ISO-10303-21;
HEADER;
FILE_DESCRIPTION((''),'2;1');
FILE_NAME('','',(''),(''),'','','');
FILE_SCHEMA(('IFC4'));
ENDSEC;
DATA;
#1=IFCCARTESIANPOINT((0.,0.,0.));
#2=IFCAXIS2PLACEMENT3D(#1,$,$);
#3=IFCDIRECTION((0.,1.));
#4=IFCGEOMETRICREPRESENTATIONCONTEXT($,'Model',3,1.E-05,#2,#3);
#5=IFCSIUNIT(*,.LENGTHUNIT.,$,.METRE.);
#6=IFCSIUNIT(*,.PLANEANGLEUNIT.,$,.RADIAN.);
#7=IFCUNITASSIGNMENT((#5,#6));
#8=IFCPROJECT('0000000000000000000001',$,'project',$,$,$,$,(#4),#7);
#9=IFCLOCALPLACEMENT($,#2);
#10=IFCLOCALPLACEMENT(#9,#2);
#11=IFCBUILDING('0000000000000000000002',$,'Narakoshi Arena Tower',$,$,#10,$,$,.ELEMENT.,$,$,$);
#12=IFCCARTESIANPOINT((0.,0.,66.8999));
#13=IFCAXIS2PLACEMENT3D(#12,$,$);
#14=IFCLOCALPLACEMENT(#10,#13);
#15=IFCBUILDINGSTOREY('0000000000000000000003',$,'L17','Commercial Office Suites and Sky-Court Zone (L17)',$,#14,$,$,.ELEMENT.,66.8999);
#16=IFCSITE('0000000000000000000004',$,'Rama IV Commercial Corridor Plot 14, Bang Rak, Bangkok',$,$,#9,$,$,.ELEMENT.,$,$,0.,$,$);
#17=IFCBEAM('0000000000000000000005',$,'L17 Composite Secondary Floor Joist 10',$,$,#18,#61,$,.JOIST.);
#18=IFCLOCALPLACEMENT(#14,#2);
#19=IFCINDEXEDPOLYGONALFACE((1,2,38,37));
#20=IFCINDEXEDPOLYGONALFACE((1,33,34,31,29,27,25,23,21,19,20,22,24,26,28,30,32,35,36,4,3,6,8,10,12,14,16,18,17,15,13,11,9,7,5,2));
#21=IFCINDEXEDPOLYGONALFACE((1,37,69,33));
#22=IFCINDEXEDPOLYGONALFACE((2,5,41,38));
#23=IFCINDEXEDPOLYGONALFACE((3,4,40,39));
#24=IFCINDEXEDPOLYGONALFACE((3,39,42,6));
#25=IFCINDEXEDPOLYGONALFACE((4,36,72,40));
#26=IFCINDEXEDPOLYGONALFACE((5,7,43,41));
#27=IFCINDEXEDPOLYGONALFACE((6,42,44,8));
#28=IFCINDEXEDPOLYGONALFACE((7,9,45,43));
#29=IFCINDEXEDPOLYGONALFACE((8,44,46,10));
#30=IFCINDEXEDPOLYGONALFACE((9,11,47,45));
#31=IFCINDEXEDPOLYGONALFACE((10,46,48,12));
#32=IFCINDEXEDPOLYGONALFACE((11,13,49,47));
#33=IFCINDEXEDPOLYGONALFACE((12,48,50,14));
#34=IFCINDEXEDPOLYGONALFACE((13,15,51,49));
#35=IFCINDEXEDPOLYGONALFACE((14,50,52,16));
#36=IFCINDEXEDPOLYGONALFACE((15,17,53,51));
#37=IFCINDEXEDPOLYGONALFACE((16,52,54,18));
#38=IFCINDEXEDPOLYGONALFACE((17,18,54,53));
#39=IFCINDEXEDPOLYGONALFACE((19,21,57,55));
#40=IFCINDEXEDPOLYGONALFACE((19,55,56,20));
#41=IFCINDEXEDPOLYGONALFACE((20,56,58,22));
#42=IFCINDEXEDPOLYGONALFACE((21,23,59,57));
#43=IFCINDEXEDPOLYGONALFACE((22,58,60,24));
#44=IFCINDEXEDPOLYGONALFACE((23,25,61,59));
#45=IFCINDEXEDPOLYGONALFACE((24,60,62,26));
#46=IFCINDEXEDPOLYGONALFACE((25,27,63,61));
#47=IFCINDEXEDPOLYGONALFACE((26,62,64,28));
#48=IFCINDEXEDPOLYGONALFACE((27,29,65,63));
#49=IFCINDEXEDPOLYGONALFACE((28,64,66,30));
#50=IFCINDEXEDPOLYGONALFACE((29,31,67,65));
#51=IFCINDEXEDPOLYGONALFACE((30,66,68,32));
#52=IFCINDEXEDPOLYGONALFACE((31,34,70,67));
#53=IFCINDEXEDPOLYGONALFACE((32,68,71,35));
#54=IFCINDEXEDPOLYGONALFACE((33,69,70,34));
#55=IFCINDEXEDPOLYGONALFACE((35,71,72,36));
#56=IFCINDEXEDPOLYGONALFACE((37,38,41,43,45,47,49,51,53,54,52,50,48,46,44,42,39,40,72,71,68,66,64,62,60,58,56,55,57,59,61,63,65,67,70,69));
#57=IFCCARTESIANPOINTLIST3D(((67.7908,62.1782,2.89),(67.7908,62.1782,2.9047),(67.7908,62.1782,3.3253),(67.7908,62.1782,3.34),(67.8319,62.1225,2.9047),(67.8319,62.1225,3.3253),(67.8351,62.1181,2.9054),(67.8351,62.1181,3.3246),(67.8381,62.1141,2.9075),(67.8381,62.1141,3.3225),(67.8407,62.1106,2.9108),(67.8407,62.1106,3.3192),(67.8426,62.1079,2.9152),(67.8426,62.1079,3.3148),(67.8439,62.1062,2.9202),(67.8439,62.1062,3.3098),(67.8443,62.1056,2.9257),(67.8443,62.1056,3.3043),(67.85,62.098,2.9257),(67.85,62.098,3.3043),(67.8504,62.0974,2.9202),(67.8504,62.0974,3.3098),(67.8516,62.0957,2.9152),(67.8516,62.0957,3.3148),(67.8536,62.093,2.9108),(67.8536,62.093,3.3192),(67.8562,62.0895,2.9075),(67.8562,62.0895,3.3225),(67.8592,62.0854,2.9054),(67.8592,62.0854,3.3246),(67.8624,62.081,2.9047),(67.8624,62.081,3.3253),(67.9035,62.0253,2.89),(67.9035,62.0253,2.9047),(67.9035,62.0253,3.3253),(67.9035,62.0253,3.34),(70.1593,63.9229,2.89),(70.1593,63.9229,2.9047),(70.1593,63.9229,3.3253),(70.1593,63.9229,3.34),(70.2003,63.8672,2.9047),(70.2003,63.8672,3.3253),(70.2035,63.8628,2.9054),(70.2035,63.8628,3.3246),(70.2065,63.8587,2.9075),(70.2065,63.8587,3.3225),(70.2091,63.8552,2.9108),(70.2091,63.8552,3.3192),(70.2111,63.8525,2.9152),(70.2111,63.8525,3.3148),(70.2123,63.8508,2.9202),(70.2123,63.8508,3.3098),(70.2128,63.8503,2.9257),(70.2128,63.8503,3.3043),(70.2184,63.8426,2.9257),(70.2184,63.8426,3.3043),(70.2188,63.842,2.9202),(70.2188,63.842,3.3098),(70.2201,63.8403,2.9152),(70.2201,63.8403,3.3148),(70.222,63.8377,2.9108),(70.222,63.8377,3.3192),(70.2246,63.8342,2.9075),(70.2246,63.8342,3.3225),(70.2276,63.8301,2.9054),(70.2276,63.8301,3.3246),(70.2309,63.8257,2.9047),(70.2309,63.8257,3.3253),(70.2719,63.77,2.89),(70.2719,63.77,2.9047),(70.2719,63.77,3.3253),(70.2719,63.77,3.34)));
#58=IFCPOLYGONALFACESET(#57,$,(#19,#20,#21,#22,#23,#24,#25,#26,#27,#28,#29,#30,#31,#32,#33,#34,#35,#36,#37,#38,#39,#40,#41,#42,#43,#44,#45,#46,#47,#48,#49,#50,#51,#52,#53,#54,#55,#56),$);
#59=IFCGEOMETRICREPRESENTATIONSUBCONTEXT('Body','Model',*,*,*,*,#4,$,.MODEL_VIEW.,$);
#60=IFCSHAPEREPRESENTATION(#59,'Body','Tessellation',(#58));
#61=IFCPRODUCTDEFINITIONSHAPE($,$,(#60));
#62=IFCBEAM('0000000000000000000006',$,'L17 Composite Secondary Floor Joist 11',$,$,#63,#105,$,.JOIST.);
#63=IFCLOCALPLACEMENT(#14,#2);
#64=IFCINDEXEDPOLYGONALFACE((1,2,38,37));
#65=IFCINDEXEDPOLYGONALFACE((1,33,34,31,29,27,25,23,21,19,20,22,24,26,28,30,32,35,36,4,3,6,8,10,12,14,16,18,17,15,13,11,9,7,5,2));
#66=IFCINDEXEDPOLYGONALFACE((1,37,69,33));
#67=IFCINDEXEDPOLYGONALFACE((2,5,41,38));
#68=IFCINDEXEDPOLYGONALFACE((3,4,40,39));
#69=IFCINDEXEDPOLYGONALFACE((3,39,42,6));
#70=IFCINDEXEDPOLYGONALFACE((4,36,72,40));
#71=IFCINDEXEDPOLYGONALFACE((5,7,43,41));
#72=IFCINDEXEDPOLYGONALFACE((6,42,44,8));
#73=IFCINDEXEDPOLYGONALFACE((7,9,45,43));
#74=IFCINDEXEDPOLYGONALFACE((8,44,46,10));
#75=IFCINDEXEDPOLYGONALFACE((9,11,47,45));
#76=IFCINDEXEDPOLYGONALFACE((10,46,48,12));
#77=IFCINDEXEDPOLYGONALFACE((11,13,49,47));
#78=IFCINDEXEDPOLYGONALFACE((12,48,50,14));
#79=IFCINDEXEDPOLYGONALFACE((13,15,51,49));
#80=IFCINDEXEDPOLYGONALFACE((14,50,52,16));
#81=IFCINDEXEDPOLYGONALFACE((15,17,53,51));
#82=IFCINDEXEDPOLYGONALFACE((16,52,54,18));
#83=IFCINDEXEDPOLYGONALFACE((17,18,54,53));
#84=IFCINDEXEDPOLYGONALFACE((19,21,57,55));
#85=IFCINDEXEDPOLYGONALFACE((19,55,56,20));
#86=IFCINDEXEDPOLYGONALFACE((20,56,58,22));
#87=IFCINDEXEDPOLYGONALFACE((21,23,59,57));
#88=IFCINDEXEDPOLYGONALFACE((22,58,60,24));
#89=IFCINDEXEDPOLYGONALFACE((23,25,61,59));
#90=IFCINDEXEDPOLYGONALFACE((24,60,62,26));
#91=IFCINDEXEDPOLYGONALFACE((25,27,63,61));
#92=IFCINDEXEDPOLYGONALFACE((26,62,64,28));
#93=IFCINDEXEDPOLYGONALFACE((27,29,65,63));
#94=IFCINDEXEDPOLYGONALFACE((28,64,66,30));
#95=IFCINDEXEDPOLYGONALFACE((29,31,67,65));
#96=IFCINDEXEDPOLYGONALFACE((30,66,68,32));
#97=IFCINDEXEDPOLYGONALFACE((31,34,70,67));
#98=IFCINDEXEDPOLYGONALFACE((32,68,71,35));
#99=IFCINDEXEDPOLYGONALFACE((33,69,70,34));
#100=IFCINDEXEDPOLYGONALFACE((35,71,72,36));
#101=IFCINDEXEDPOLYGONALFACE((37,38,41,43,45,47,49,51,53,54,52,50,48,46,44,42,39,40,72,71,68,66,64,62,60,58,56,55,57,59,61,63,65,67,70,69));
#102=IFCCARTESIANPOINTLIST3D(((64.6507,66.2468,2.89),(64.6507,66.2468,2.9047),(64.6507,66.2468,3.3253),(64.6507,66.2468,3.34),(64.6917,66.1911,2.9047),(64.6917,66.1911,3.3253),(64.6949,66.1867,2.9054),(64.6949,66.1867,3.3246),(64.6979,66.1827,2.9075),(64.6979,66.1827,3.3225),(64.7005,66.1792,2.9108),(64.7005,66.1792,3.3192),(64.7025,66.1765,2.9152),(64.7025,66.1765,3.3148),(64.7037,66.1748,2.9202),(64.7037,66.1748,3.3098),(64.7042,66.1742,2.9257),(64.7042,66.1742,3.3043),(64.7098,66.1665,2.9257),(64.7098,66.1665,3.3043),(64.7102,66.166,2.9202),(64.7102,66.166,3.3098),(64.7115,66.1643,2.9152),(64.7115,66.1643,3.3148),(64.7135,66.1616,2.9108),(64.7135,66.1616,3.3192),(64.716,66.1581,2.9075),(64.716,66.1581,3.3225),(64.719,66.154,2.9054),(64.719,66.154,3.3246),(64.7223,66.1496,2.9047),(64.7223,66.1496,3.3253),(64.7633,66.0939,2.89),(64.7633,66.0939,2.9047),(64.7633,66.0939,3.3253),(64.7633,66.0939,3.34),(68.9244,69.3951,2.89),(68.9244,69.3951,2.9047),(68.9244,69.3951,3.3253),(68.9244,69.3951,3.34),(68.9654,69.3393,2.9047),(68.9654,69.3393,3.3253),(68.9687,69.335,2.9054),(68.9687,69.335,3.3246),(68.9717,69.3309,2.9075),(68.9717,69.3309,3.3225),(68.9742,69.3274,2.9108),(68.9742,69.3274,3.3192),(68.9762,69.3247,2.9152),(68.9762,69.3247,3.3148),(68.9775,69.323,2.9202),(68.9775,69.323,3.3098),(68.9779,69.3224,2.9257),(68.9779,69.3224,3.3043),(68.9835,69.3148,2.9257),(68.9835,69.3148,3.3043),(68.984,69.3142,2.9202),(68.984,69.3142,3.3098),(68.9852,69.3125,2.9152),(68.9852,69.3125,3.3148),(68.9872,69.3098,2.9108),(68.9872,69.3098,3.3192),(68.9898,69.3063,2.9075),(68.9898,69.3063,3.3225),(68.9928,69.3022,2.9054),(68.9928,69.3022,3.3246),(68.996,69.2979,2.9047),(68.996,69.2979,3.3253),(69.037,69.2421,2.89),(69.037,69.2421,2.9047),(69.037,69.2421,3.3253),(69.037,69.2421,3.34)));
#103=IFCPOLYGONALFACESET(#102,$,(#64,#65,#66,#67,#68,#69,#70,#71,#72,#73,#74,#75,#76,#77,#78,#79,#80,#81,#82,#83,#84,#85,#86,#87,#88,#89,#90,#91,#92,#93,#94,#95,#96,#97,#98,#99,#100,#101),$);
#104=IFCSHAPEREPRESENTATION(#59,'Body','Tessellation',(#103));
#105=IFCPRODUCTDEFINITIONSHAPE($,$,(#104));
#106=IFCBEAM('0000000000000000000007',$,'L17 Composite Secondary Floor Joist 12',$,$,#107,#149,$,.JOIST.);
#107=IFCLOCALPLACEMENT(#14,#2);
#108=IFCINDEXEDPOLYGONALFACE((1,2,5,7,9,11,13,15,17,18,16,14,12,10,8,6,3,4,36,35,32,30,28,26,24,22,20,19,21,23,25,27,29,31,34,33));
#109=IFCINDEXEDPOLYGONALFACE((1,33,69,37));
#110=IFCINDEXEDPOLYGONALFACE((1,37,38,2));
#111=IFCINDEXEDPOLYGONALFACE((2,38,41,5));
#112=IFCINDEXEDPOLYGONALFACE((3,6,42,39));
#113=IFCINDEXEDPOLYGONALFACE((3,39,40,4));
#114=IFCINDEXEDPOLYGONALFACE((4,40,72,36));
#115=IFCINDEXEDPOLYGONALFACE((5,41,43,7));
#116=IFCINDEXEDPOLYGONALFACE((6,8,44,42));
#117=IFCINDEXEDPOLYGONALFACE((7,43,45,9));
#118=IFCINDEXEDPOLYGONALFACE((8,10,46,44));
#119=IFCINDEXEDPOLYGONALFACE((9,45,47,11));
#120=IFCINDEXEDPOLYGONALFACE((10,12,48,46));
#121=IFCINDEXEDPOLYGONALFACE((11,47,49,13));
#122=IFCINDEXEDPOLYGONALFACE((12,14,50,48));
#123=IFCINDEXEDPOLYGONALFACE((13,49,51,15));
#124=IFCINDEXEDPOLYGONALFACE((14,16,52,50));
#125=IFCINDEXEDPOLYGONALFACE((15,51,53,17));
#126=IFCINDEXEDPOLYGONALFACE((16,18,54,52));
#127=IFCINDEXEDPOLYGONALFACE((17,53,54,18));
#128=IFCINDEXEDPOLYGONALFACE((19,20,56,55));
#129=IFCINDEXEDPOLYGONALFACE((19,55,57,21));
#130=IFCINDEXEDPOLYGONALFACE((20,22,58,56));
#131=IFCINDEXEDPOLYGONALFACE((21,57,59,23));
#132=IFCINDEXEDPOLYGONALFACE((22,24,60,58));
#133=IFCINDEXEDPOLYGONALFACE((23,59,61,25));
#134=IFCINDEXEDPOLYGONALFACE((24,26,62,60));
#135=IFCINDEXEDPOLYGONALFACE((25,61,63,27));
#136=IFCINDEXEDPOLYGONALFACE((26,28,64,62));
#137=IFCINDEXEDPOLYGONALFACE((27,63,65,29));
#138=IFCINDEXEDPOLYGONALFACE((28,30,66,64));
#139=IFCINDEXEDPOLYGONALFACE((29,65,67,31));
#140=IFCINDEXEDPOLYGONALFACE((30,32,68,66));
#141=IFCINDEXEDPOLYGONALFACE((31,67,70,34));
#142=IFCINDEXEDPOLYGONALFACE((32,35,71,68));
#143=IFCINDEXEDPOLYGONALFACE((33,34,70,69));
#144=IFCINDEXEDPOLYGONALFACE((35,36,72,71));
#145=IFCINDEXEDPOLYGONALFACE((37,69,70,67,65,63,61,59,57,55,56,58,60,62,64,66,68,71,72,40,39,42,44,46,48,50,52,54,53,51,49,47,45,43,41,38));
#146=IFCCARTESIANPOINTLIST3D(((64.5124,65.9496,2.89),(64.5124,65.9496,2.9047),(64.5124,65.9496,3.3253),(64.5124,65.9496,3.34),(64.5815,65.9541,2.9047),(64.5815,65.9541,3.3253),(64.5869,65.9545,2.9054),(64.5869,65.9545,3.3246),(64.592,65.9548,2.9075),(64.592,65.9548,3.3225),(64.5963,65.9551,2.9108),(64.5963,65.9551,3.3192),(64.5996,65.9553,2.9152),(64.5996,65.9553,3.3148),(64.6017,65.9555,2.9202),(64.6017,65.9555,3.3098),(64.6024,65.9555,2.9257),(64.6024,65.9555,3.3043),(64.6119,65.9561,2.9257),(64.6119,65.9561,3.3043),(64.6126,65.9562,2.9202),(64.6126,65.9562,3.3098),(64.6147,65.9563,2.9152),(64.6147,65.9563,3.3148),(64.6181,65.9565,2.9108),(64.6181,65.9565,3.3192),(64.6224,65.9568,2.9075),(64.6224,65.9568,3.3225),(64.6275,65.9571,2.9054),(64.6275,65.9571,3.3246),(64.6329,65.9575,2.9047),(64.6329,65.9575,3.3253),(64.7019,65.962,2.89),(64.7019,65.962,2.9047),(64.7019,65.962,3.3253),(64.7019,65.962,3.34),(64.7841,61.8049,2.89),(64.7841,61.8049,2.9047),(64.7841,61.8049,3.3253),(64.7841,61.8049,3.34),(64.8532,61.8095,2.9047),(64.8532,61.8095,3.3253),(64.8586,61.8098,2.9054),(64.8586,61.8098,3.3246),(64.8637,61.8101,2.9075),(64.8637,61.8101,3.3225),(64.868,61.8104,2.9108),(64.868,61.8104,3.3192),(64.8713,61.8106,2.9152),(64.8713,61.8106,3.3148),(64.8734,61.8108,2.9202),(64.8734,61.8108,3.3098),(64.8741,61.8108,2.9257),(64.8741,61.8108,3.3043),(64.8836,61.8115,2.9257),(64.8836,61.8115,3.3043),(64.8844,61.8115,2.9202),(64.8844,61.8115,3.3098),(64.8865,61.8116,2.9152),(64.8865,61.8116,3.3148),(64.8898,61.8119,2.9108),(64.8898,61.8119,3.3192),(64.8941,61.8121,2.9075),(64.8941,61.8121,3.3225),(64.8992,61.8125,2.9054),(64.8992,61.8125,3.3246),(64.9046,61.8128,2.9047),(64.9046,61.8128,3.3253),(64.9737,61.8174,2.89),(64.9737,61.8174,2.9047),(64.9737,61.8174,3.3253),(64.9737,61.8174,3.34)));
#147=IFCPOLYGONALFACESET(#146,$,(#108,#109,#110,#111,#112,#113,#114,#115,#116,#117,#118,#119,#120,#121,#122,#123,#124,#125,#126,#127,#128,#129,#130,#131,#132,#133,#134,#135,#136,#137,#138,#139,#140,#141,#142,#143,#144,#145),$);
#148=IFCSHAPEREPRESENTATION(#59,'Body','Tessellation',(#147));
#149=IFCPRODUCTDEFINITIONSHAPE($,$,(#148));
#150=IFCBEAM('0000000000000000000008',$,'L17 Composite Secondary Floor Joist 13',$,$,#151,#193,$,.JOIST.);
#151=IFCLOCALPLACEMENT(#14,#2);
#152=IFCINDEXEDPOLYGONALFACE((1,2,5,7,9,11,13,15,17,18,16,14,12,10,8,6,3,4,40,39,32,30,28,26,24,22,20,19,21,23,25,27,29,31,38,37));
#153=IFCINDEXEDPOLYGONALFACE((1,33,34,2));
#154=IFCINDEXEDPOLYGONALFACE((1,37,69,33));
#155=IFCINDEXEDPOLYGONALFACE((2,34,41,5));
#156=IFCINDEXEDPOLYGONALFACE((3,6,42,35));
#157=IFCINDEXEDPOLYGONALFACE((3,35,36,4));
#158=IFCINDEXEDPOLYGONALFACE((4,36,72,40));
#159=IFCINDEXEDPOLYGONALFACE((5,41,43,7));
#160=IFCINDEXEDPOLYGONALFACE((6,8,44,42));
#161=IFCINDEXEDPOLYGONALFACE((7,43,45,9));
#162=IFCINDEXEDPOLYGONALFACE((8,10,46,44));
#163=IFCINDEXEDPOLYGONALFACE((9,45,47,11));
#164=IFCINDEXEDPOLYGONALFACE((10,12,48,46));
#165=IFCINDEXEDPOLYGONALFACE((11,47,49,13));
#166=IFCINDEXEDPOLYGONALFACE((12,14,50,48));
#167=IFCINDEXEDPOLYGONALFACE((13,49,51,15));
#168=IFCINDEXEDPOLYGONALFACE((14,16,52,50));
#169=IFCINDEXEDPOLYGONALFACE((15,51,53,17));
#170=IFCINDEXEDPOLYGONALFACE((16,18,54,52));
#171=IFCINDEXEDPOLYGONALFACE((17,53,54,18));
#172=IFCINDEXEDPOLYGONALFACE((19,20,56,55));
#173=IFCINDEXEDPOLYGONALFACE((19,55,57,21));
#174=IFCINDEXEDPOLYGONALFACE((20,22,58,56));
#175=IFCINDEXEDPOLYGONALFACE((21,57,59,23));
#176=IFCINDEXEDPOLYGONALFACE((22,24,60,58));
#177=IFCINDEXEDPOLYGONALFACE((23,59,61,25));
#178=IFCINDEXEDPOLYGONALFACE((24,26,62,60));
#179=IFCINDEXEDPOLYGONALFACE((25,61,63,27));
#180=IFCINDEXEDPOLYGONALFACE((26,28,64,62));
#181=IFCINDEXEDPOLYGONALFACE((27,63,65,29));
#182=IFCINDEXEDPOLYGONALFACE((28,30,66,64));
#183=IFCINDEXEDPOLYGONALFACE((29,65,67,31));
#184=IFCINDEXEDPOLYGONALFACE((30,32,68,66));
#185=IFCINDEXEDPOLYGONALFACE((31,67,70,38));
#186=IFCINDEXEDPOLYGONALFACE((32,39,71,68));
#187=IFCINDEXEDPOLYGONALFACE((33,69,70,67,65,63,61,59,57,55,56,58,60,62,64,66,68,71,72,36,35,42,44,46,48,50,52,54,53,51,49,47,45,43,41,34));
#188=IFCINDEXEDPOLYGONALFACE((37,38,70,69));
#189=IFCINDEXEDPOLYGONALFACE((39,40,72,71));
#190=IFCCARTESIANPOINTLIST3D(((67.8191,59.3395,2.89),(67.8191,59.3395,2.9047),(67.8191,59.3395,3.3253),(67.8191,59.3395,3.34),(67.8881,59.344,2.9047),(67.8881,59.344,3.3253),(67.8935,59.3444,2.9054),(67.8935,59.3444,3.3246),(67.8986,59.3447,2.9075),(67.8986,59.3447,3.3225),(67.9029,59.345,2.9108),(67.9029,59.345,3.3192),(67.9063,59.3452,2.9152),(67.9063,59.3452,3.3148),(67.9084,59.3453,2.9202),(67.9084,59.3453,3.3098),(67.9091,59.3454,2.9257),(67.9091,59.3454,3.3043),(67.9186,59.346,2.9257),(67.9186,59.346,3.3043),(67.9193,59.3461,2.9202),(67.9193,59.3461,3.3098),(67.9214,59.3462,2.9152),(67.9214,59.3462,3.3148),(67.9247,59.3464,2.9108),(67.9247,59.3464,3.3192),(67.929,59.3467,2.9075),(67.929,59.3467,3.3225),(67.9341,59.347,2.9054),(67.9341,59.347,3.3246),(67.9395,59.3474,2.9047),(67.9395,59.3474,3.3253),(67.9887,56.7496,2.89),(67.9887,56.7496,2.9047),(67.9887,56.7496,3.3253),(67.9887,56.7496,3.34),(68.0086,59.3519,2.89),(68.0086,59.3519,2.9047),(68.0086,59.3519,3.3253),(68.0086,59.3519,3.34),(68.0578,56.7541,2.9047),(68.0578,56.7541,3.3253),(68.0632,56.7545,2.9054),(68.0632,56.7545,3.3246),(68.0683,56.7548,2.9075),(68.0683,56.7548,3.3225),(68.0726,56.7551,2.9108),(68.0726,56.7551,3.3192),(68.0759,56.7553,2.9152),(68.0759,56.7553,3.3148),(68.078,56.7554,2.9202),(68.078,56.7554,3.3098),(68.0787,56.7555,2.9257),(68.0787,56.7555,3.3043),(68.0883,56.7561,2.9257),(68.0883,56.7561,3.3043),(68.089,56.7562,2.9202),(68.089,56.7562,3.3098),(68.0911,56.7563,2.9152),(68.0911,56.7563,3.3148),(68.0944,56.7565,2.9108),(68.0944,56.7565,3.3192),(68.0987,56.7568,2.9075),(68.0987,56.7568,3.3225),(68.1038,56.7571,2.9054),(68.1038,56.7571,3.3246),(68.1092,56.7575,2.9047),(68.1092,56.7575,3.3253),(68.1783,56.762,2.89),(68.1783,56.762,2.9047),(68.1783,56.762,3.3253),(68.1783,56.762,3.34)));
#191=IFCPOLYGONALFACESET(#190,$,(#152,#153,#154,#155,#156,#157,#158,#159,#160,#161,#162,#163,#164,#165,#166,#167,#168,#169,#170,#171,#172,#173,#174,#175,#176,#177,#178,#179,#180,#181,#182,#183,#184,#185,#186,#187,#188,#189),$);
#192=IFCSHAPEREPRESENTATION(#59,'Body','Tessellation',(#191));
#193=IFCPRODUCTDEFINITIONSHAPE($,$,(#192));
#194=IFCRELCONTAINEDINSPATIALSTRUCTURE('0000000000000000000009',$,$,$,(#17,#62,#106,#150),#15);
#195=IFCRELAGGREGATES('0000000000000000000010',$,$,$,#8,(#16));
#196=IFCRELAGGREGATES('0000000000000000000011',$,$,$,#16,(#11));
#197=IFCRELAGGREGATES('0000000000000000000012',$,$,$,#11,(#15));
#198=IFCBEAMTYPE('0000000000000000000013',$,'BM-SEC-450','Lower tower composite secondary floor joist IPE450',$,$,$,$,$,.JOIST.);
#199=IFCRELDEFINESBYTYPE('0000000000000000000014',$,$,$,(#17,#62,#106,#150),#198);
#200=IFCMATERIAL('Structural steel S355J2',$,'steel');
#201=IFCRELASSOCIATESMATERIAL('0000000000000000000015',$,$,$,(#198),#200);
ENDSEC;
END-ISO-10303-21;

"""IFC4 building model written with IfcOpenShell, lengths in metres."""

from ifc_helpers import new_model, si_unit, direction, frame, origin, origin_2d, place, context, subcontext, project, spatial, i_section, extrude, material, material_profile, profile_set, type_object, element, save


model = new_model("IFC4")

# Units and contexts
model_context = context("Model", 3, precision=1e-05, world=origin(), true_north=direction((0.0, 1.0)))
body_context = subcontext(model_context, "Body", "Model", "MODEL_VIEW")
ifc_project = project(units=[si_unit("LENGTHUNIT", "METRE"), si_unit("PLANEANGLEUNIT", "RADIAN")], contexts=[model_context])

# Site, building, storey
site_placement = place(None, origin())
site = spatial("IfcSite", under=ifc_project, at=site_placement, Name="Rama IV Commercial Corridor Plot 14, Bang Rak, Bangkok", CompositionType="ELEMENT", RefElevation=0.0)
building_placement = place(site_placement, origin())
building = spatial("IfcBuilding", under=site, at=building_placement, Name="Narakoshi Arena Tower", CompositionType="ELEMENT")
storey_placement = place(building_placement, frame((0.0, 0.0, 66.8999)))
storey = spatial("IfcBuildingStorey", under=building, at=storey_placement, Name="L17", Description="Commercial Office Suites and Sky-Court Zone (L17)", CompositionType="ELEMENT", Elevation=66.8999)

# Beams
ifc_material_1 = material(Name="Structural steel S355J2", Category="steel")
ifc_material_profile_1 = material_profile(ifc_material_1, i_section(OverallWidth=0.1899, OverallDepth=0.45, WebThickness=0.0095, FlangeThickness=0.0146, FilletRadius=0.021, at=origin_2d()), Name="IPE450")
ifc_profile_set_1 = profile_set([ifc_material_profile_1], Name="Structural steel S355J2")
beam_type_1 = type_object("IfcBeamType", Name="BM-SEC-450", Description="Lower tower composite secondary floor joist IPE450", PredefinedType="JOIST", material=ifc_profile_set_1)
beam_1_placement = place(storey_placement, frame((70.2156, 63.8464, 3.115), z_axis=(-0.805139, -0.593086, 0.0), x_axis=(0.593086, -0.805139, 0.0)))
element("IfcBeam", 1, at=beam_1_placement, inside=storey, type_object=beam_type_1, Name="L17 Composite Secondary Floor Joist 10", PredefinedType="JOIST", context=body_context, shape_type="SweptSolid", body=[
    extrude(i_section(OverallWidth=0.1899, OverallDepth=0.45, WebThickness=0.0095, FlangeThickness=0.0146, FilletRadius=0.021, at=origin_2d()), origin(), (0.0, 0.0, 1.0), 2.9417),
])
beam_2_placement = place(storey_placement, frame((68.9807, 69.3186, 3.115), z_axis=(-0.805131, -0.593097, 0.0), x_axis=(0.593097, -0.805131, 0.0)))
element("IfcBeam", 2, at=beam_2_placement, inside=storey, type_object=beam_type_1, Name="L17 Composite Secondary Floor Joist 11", PredefinedType="JOIST", context=body_context, shape_type="SweptSolid", body=[
    extrude(i_section(OverallWidth=0.1899, OverallDepth=0.45, WebThickness=0.0095, FlangeThickness=0.0146, FilletRadius=0.021, at=origin_2d()), origin(), (0.0, 0.0, 1.0), 5.3081),
])
beam_3_placement = place(storey_placement, frame((64.6072, 65.9558, 3.115), z_axis=(0.065419, -0.997858, 0.0), x_axis=(0.997858, 0.065419, 0.0)))
element("IfcBeam", 3, at=beam_3_placement, inside=storey, type_object=beam_type_1, Name="L17 Composite Secondary Floor Joist 12", PredefinedType="JOIST", context=body_context, shape_type="SweptSolid", body=[
    extrude(i_section(OverallWidth=0.1899, OverallDepth=0.45, WebThickness=0.0095, FlangeThickness=0.0146, FilletRadius=0.021, at=origin_2d()), origin(), (0.0, 0.0, 1.0), 4.1536),
])
beam_4_placement = place(storey_placement, frame((67.9138, 59.3457, 3.115), z_axis=(0.065376, -0.997861, 0.0), x_axis=(0.997861, 0.065376, 0.0)))
element("IfcBeam", 4, at=beam_4_placement, inside=storey, type_object=beam_type_1, Name="L17 Composite Secondary Floor Joist 13", PredefinedType="JOIST", context=body_context, shape_type="SweptSolid", body=[
    extrude(i_section(OverallWidth=0.1899, OverallDepth=0.45, WebThickness=0.0095, FlangeThickness=0.0146, FilletRadius=0.021, at=origin_2d()), origin(), (0.0, 0.0, 1.0), 2.5955),
])

save(model, "model.ifc")
